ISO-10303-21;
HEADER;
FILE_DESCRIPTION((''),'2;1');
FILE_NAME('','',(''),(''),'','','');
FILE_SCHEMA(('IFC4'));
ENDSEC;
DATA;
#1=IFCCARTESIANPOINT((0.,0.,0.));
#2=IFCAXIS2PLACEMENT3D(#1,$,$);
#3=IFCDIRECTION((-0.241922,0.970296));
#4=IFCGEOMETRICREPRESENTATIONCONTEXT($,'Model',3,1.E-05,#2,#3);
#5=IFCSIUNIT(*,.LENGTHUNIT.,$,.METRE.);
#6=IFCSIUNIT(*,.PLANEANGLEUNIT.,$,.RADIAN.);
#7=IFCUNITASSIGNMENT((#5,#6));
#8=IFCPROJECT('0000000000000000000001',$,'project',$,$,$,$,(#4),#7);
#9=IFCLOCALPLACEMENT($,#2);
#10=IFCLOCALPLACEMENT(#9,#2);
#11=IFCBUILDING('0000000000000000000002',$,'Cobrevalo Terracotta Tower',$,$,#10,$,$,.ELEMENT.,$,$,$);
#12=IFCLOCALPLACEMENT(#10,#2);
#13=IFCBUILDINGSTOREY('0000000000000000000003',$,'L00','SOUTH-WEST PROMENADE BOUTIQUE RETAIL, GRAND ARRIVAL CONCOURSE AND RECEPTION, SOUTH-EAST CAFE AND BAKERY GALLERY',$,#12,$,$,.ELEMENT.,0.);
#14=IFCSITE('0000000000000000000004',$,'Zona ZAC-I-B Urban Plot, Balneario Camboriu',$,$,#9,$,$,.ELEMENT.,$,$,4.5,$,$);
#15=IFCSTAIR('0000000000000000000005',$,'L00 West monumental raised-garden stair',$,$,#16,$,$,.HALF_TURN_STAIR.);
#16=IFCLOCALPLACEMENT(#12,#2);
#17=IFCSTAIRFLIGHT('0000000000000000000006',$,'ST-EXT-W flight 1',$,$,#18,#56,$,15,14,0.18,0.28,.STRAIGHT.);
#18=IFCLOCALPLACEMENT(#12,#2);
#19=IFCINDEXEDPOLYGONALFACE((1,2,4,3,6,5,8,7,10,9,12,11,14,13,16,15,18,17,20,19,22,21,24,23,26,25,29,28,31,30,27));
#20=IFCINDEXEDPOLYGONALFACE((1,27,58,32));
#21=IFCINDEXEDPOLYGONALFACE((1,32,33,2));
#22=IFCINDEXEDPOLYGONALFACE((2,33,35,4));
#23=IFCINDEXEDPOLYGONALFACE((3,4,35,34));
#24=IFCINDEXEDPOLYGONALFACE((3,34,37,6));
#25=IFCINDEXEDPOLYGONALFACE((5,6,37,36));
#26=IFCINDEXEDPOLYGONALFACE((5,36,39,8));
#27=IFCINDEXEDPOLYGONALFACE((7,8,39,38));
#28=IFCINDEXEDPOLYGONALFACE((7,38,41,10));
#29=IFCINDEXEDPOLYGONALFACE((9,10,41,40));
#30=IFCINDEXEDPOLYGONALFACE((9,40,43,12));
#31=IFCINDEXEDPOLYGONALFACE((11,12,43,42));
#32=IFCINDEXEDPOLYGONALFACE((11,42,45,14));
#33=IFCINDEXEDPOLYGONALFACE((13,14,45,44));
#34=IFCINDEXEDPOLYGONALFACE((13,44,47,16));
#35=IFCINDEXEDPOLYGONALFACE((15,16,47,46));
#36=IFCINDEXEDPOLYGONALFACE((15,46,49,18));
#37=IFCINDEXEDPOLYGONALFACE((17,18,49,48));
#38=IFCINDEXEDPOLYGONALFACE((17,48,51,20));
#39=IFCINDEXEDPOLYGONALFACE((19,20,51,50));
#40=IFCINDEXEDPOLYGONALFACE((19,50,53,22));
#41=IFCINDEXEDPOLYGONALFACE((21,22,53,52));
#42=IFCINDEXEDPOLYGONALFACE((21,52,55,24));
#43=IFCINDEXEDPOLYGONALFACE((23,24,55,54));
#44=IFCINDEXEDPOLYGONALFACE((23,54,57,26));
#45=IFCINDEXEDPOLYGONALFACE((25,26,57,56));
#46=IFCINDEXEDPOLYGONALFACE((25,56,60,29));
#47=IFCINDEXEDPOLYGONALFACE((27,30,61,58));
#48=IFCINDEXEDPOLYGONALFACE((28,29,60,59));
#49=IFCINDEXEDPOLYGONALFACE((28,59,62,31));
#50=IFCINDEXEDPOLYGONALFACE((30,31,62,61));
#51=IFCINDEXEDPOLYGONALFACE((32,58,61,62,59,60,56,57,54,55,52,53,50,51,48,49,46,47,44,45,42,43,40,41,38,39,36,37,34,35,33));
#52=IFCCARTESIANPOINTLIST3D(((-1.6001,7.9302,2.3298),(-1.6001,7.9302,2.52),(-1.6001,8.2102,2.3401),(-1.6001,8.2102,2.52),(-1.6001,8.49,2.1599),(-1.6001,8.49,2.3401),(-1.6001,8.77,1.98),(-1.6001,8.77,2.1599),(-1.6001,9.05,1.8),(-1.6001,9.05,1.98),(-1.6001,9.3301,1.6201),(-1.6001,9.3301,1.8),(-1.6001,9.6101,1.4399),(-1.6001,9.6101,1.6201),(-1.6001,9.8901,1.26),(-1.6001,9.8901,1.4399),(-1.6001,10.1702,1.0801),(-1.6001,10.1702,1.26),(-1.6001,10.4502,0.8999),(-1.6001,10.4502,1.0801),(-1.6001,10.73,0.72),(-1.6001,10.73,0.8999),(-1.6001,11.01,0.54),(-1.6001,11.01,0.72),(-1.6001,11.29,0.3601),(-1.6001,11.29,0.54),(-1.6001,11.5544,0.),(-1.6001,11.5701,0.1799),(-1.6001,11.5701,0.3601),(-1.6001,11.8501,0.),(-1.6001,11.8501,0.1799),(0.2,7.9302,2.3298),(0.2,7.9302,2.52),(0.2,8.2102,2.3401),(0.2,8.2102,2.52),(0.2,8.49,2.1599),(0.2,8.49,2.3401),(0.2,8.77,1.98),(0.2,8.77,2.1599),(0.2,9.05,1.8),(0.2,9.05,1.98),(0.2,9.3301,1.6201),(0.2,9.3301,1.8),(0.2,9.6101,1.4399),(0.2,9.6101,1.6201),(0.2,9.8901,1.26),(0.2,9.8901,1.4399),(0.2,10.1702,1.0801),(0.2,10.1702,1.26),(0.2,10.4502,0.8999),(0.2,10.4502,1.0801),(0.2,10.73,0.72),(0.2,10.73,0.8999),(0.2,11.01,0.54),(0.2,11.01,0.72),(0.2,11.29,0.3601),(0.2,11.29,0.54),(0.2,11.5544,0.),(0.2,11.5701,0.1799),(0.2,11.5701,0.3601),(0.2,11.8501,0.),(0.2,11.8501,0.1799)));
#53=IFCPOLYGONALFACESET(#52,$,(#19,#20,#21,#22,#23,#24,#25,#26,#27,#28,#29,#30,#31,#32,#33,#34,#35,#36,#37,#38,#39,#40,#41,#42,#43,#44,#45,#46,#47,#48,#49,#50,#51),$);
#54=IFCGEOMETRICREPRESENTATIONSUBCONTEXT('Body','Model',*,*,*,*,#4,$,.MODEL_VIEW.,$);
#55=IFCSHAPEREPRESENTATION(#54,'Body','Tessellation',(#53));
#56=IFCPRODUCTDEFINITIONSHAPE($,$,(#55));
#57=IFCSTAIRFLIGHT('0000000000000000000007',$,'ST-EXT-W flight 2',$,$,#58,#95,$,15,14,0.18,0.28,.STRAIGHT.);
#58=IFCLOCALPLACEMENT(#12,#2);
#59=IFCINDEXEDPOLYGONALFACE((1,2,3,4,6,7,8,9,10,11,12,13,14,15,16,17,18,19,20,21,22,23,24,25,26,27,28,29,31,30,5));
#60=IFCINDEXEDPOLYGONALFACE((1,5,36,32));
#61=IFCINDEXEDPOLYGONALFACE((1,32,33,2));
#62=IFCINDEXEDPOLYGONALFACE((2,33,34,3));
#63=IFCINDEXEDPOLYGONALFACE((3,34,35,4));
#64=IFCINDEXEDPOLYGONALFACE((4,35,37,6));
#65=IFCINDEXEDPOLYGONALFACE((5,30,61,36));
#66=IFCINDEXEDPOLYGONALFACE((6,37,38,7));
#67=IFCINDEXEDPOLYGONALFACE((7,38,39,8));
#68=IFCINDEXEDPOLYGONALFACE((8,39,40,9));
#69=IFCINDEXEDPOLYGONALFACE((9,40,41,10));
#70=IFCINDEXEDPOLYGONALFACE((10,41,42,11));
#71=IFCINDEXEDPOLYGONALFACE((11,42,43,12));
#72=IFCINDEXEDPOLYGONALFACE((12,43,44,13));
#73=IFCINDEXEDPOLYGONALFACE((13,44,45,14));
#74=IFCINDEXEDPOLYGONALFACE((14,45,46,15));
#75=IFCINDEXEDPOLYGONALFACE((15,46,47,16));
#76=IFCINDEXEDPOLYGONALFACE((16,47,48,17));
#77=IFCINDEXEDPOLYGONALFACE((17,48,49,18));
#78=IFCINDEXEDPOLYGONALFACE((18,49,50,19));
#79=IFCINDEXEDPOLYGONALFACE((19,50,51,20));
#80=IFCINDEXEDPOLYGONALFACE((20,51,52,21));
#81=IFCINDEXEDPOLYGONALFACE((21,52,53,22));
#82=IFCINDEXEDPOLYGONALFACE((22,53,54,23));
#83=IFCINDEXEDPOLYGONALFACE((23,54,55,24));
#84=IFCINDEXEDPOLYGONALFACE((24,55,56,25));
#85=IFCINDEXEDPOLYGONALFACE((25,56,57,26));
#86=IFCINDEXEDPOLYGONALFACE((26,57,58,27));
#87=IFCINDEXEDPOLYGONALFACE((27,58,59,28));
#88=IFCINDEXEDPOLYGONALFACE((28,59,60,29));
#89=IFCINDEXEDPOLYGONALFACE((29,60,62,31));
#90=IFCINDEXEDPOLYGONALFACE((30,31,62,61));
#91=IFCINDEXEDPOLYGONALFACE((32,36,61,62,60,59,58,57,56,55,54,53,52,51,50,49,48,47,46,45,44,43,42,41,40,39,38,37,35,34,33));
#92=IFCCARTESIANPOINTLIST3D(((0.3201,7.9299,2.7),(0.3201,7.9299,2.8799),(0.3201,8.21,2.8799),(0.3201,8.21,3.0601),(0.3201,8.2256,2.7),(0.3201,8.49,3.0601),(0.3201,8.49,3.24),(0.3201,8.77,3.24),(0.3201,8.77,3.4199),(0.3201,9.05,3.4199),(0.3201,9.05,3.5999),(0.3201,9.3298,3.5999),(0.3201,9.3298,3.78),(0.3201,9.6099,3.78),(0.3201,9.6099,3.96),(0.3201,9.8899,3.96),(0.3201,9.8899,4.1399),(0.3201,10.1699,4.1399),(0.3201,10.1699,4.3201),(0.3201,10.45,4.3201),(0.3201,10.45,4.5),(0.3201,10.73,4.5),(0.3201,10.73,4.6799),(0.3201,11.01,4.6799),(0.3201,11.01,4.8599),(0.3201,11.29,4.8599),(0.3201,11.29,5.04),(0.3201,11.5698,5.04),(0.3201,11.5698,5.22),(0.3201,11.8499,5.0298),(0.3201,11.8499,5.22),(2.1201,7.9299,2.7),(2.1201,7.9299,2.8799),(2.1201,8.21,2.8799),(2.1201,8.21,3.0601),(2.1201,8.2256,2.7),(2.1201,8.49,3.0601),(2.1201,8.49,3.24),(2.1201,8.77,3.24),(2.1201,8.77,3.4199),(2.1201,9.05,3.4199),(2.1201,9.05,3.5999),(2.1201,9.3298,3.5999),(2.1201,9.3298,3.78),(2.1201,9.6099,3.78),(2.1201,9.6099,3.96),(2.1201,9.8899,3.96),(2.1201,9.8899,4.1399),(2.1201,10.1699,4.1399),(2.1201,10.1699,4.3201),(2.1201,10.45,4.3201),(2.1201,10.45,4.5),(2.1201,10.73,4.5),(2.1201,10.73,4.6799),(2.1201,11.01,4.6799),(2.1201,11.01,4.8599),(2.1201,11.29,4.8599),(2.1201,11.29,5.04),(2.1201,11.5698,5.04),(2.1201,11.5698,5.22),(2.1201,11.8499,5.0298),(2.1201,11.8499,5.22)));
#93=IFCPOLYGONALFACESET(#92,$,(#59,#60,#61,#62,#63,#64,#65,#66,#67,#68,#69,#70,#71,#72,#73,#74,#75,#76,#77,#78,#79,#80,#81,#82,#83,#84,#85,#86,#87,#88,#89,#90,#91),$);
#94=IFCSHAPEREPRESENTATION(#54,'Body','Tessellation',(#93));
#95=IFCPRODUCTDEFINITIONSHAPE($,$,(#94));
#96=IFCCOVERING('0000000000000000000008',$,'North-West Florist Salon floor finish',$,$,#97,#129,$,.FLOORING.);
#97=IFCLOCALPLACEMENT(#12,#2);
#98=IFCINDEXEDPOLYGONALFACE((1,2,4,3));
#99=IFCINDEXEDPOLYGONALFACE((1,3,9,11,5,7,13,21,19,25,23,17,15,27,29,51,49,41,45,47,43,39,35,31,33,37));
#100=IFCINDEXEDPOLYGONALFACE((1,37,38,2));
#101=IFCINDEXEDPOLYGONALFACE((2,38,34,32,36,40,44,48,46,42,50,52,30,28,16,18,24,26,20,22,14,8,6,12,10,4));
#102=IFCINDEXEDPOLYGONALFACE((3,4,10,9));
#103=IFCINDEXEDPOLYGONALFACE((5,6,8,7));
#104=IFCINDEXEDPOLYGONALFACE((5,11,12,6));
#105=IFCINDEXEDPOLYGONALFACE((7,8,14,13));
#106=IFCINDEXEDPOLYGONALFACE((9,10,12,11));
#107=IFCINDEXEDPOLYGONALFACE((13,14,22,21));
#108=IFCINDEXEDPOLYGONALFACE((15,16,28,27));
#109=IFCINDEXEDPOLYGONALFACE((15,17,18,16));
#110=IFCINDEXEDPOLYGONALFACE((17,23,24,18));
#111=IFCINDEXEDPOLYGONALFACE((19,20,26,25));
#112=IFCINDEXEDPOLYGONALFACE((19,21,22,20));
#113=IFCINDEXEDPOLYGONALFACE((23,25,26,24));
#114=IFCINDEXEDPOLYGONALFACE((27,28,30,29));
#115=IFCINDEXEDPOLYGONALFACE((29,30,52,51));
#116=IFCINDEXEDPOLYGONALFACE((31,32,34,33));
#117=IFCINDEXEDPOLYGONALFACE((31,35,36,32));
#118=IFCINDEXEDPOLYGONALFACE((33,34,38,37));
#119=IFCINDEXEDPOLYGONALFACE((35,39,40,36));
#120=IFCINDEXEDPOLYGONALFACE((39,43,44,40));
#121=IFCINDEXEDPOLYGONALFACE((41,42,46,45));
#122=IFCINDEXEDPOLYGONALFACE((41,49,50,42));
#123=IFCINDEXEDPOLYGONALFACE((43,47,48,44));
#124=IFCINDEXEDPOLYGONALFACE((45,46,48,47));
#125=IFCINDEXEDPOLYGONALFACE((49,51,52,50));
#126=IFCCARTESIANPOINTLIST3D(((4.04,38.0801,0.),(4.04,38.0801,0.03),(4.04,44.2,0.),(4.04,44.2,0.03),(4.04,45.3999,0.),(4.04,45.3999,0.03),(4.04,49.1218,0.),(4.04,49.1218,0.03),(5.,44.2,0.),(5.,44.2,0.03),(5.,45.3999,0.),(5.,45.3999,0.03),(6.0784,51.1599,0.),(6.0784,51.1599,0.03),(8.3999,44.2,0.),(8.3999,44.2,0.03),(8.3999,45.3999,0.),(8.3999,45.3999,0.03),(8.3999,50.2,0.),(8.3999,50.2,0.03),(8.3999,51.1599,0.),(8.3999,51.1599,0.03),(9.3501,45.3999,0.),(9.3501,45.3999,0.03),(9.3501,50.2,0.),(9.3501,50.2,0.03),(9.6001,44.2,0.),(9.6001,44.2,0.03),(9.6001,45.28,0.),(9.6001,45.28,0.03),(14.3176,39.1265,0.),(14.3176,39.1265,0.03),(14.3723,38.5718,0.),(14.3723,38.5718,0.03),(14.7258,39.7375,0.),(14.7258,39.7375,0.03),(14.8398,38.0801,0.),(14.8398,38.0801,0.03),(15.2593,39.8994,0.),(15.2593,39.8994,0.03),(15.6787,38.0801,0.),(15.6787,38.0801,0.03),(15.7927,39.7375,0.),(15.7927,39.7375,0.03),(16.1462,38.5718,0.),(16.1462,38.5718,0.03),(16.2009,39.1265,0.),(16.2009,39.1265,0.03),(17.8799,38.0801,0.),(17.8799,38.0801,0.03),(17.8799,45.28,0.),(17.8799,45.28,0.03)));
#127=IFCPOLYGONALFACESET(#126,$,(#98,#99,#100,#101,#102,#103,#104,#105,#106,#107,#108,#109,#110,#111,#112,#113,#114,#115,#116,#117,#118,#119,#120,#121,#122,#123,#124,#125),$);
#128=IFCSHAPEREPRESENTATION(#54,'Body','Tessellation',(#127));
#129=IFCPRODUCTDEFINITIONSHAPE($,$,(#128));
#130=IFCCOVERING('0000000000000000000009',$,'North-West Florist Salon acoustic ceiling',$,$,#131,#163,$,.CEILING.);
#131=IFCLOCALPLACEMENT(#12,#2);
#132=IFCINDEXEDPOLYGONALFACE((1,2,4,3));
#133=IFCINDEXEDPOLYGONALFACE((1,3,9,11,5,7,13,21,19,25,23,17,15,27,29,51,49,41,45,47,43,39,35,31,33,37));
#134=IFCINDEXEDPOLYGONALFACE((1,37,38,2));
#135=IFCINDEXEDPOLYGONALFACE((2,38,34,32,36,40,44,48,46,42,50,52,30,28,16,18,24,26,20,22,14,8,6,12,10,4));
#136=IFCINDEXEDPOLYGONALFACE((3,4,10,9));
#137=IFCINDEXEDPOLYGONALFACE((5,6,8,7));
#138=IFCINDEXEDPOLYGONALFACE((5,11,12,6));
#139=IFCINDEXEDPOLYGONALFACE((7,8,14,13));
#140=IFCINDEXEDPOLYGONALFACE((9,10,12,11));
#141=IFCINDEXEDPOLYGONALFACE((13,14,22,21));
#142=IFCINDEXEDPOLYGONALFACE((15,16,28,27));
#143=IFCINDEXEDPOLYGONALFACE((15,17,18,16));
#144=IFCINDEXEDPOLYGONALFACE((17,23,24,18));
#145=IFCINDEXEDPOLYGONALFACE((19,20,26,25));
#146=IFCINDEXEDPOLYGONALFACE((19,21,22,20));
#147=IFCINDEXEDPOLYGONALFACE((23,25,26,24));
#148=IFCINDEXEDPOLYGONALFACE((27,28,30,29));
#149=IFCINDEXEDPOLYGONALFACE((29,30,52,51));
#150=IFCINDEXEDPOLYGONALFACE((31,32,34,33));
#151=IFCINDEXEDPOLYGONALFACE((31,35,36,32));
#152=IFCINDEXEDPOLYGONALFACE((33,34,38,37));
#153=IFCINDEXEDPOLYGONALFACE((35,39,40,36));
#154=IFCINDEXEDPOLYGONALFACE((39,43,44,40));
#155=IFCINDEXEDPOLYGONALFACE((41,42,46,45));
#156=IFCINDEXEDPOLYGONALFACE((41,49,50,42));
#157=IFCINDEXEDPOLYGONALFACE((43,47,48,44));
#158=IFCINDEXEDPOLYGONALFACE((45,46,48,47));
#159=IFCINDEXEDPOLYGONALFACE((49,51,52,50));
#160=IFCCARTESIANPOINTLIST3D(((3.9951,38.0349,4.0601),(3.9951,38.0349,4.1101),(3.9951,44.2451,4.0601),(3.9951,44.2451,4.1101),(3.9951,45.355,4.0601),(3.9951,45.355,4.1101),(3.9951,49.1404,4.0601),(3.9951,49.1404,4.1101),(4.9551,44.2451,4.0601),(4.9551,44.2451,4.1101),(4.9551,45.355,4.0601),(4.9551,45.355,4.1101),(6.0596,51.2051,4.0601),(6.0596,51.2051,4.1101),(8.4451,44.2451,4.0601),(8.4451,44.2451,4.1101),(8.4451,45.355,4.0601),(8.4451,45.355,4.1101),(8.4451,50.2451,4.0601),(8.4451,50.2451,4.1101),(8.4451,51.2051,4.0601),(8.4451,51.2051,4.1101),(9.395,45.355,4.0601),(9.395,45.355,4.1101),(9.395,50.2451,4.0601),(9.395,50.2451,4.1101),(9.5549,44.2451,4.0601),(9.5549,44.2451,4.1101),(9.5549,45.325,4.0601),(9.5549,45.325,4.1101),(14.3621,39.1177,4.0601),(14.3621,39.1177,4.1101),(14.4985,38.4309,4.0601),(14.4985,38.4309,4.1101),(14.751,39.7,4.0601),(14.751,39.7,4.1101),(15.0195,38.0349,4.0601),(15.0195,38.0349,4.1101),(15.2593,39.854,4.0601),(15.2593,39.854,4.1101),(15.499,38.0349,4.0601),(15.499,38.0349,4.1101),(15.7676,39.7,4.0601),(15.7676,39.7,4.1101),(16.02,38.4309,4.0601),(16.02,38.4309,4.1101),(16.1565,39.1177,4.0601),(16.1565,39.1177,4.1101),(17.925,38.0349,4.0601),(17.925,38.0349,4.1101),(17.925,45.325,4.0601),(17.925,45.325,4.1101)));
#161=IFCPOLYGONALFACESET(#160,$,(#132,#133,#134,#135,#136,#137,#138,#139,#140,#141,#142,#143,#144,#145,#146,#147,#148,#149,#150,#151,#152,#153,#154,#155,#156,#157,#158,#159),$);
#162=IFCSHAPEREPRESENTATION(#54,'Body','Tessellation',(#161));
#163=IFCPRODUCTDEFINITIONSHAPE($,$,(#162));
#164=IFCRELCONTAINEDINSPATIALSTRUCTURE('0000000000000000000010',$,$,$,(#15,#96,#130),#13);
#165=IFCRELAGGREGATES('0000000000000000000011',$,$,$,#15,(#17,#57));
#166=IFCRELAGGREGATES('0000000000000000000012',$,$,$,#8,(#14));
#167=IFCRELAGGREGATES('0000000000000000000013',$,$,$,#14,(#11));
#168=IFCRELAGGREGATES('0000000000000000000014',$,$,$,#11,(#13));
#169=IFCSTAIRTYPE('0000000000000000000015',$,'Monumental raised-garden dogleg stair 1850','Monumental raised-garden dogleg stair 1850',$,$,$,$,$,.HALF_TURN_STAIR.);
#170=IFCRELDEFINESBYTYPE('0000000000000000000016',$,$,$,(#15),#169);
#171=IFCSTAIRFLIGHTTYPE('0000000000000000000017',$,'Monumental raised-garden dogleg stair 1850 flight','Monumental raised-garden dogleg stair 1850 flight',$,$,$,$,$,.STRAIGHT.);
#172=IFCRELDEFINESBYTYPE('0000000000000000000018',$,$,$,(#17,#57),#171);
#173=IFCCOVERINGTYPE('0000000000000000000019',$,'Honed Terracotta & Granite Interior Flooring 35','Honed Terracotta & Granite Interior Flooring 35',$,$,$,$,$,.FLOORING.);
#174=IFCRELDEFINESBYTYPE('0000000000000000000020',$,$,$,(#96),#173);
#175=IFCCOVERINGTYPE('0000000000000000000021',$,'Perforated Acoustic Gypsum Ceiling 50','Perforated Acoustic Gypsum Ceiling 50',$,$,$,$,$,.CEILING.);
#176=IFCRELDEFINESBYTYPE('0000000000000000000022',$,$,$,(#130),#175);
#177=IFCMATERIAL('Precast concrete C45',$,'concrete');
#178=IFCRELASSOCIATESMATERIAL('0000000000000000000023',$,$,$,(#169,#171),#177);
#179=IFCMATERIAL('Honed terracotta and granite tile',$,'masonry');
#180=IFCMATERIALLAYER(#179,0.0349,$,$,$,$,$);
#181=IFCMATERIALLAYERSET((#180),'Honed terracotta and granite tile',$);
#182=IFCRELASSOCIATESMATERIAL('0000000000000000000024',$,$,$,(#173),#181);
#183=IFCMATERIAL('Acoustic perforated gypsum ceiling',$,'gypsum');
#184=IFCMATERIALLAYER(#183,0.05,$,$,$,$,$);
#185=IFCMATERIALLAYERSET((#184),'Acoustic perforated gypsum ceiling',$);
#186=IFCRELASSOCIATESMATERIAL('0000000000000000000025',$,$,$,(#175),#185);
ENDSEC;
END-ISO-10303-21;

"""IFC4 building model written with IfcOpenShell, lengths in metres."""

from ifc_helpers import new_model, si_unit, direction, frame, origin, place, context, subcontext, project, spatial, polyline, outline, extrude, material, layer, layer_set, type_object, element, aggregate, save


model = new_model("IFC4")

# Units and contexts
model_context = context("Model", 3, precision=1e-05, world=origin(), true_north=direction((-0.241922, 0.970296)))
body_context = subcontext(model_context, "Body", "Model", "MODEL_VIEW")
ifc_project = project(units=[si_unit("LENGTHUNIT", "METRE"), si_unit("PLANEANGLEUNIT", "RADIAN")], contexts=[model_context])

# Site, building, storey
site_placement = place(None, origin())
site = spatial("IfcSite", under=ifc_project, at=site_placement, Name="Zona ZAC-I-B Urban Plot, Balneario Camboriu", CompositionType="ELEMENT", RefElevation=4.5)
building_placement = place(site_placement, origin())
building = spatial("IfcBuilding", under=site, at=building_placement, Name="Cobrevalo Terracotta Tower", CompositionType="ELEMENT")
storey_placement = place(building_placement, origin())
storey = spatial("IfcBuildingStorey", under=building, at=storey_placement, Name="L00", Description="SOUTH-WEST PROMENADE BOUTIQUE RETAIL, GRAND ARRIVAL CONCOURSE AND RECEPTION, SOUTH-EAST CAFE AND BAKERY GALLERY", CompositionType="ELEMENT", Elevation=0.0)

# Stair, stair flights
ifc_material_1 = material(Name="Precast concrete C45", Category="concrete")
stair_type = type_object("IfcStairType", Name="Monumental raised-garden dogleg stair 1850", Description="Monumental raised-garden dogleg stair 1850", PredefinedType="HALF_TURN_STAIR", material=ifc_material_1)
stair_placement = place(storey_placement, origin())
stair = element("IfcStair", 1, at=stair_placement, inside=storey, type_object=stair_type, Name="L00 West monumental raised-garden stair", PredefinedType="HALF_TURN_STAIR")
stair_flight_type = type_object("IfcStairFlightType", Name="Monumental raised-garden dogleg stair 1850 flight", Description="Monumental raised-garden dogleg stair 1850 flight", PredefinedType="STRAIGHT", material=ifc_material_1)
stair_flight_1_placement = place(storey_placement, frame((-0.7, 11.8501, 0.0), z_axis=(0.0, 0.0, 1.0), x_axis=(0.0, -1.0, 0.0)))
stair_flight_1 = element("IfcStairFlight", 2, at=stair_flight_1_placement, type_object=stair_flight_type, Name="ST-EXT-W flight 1", NumberOfRisers=15, NumberOfTreads=14, PredefinedType="STRAIGHT", RiserHeight=0.18, TreadLength=0.28, context=body_context, shape_type="SweptSolid", body=[
    extrude(outline(polyline([(0.0, 0.0), (0.0, 0.1799), (0.28, 0.1799), (0.28, 0.3601), (0.5601, 0.3601), (0.5601, 0.54), (0.8401, 0.54), (0.8401, 0.72), (1.1201, 0.72), (1.1201, 0.8999), (1.3999, 0.8999), (1.3999, 1.0801), (1.6799, 1.0801), (1.6799, 1.26), (1.96, 1.26), (1.96, 1.4399), (2.24, 1.4399), (2.24, 1.6201), (2.52, 1.6201), (2.52, 1.8), (2.8, 1.8), (2.8, 1.98), (3.0801, 1.98), (3.0801, 2.1599), (3.3601, 2.1599), (3.3601, 2.3401), (3.6399, 2.3401), (3.6399, 2.52), (3.9199, 2.52), (3.9199, 2.7), (3.9199, 2.3298), (0.2957, 0.0), (0.0, 0.0)])), frame((0.0, 0.8999, 0.0), z_axis=(0.0, -1.0, 0.0), x_axis=(1.0, 0.0, 0.0)), (0.0, 0.0, 1.0), 1.8),
])
stair_flight_2_placement = place(storey_placement, frame((1.22, 7.9299, 2.7), z_axis=(0.0, 0.0, 1.0), x_axis=(0.0, 1.0, 0.0)))
stair_flight_2 = element("IfcStairFlight", 3, at=stair_flight_2_placement, type_object=stair_flight_type, Name="ST-EXT-W flight 2", NumberOfRisers=15, NumberOfTreads=14, PredefinedType="STRAIGHT", RiserHeight=0.18, TreadLength=0.28, context=body_context, shape_type="SweptSolid", body=[
    extrude(outline(polyline([(0.0, 0.0), (0.0, 0.1799), (0.28, 0.1799), (0.28, 0.3601), (0.5601, 0.3601), (0.5601, 0.54), (0.8401, 0.54), (0.8401, 0.72), (1.1201, 0.72), (1.1201, 0.8999), (1.3999, 0.8999), (1.3999, 1.0801), (1.6799, 1.0801), (1.6799, 1.26), (1.96, 1.26), (1.96, 1.4399), (2.24, 1.4399), (2.24, 1.6201), (2.52, 1.6201), (2.52, 1.8), (2.8, 1.8), (2.8, 1.98), (3.0801, 1.98), (3.0801, 2.1599), (3.3601, 2.1599), (3.3601, 2.3401), (3.6399, 2.3401), (3.6399, 2.52), (3.9199, 2.52), (3.9199, 2.7), (3.9199, 2.3298), (0.2957, 0.0), (0.0, 0.0)])), frame((0.0, 0.8999, 0.0), z_axis=(0.0, -1.0, 0.0), x_axis=(1.0, 0.0, 0.0)), (0.0, 0.0, 1.0), 1.8),
])
aggregate(stair, [stair_flight_1, stair_flight_2])

# Coverings
ifc_material_2 = material(Name="Honed terracotta and granite tile", Category="masonry")
ifc_layer_1 = layer(ifc_material_2, 0.0349)
ifc_layer_set_1 = layer_set([ifc_layer_1], Name="Honed terracotta and granite tile")
covering_type_1 = type_object("IfcCoveringType", Name="Honed Terracotta & Granite Interior Flooring 35", Description="Honed Terracotta & Granite Interior Flooring 35", PredefinedType="FLOORING", material=ifc_layer_set_1)
covering_1_placement = place(storey_placement, origin())
element("IfcCovering", 4, at=covering_1_placement, inside=storey, type_object=covering_type_1, Name="North-West Florist Salon floor finish", PredefinedType="FLOORING", context=body_context, shape_type="SweptSolid", body=[
    extrude(outline(polyline([(6.0784, 51.1599), (8.3999, 51.1599), (8.3999, 50.2), (9.3501, 50.2), (9.3501, 45.3999), (8.3999, 45.3999), (8.3999, 44.2), (9.6001, 44.2), (9.6001, 45.28), (17.8799, 45.28), (17.8799, 38.0801), (15.6787, 38.0801), (16.1462, 38.5718), (16.2009, 39.1265), (15.7927, 39.7375), (15.2593, 39.8994), (14.7258, 39.7375), (14.3176, 39.1265), (14.3723, 38.5718), (14.8398, 38.0801), (4.04, 38.0801), (4.04, 44.2), (5.0, 44.2), (5.0, 45.3999), (4.04, 45.3999), (4.04, 49.1218), (6.0784, 51.1599)])), origin(), (0.0, 0.0, 1.0), 0.03),
])
ifc_material_3 = material(Name="Acoustic perforated gypsum ceiling", Category="gypsum")
ifc_layer_2 = layer(ifc_material_3, 0.05)
ifc_layer_set_2 = layer_set([ifc_layer_2], Name="Acoustic perforated gypsum ceiling")
covering_type_2 = type_object("IfcCoveringType", Name="Perforated Acoustic Gypsum Ceiling 50", Description="Perforated Acoustic Gypsum Ceiling 50", PredefinedType="CEILING", material=ifc_layer_set_2)
covering_2_placement = place(storey_placement, frame((0.0, 0.0, 4.0601)))
element("IfcCovering", 5, at=covering_2_placement, inside=storey, type_object=covering_type_2, Name="North-West Florist Salon acoustic ceiling", PredefinedType="CEILING", context=body_context, shape_type="SweptSolid", body=[
    extrude(outline(polyline([(6.0596, 51.2051), (8.4451, 51.2051), (8.4451, 50.2451), (9.395, 50.2451), (9.395, 45.355), (8.4451, 45.355), (8.4451, 44.2451), (9.5549, 44.2451), (9.5549, 45.325), (17.925, 45.325), (17.925, 38.0349), (15.499, 38.0349), (16.02, 38.4309), (16.1565, 39.1177), (15.7676, 39.7), (15.2593, 39.854), (14.751, 39.7), (14.3621, 39.1177), (14.4985, 38.4309), (15.0195, 38.0349), (3.9951, 38.0349), (3.9951, 44.2451), (4.9551, 44.2451), (4.9551, 45.355), (3.9951, 45.355), (3.9951, 49.1404), (6.0596, 51.2051)])), origin(), (0.0, 0.0, 1.0), 0.05),
])

save(model, "model.ifc")
